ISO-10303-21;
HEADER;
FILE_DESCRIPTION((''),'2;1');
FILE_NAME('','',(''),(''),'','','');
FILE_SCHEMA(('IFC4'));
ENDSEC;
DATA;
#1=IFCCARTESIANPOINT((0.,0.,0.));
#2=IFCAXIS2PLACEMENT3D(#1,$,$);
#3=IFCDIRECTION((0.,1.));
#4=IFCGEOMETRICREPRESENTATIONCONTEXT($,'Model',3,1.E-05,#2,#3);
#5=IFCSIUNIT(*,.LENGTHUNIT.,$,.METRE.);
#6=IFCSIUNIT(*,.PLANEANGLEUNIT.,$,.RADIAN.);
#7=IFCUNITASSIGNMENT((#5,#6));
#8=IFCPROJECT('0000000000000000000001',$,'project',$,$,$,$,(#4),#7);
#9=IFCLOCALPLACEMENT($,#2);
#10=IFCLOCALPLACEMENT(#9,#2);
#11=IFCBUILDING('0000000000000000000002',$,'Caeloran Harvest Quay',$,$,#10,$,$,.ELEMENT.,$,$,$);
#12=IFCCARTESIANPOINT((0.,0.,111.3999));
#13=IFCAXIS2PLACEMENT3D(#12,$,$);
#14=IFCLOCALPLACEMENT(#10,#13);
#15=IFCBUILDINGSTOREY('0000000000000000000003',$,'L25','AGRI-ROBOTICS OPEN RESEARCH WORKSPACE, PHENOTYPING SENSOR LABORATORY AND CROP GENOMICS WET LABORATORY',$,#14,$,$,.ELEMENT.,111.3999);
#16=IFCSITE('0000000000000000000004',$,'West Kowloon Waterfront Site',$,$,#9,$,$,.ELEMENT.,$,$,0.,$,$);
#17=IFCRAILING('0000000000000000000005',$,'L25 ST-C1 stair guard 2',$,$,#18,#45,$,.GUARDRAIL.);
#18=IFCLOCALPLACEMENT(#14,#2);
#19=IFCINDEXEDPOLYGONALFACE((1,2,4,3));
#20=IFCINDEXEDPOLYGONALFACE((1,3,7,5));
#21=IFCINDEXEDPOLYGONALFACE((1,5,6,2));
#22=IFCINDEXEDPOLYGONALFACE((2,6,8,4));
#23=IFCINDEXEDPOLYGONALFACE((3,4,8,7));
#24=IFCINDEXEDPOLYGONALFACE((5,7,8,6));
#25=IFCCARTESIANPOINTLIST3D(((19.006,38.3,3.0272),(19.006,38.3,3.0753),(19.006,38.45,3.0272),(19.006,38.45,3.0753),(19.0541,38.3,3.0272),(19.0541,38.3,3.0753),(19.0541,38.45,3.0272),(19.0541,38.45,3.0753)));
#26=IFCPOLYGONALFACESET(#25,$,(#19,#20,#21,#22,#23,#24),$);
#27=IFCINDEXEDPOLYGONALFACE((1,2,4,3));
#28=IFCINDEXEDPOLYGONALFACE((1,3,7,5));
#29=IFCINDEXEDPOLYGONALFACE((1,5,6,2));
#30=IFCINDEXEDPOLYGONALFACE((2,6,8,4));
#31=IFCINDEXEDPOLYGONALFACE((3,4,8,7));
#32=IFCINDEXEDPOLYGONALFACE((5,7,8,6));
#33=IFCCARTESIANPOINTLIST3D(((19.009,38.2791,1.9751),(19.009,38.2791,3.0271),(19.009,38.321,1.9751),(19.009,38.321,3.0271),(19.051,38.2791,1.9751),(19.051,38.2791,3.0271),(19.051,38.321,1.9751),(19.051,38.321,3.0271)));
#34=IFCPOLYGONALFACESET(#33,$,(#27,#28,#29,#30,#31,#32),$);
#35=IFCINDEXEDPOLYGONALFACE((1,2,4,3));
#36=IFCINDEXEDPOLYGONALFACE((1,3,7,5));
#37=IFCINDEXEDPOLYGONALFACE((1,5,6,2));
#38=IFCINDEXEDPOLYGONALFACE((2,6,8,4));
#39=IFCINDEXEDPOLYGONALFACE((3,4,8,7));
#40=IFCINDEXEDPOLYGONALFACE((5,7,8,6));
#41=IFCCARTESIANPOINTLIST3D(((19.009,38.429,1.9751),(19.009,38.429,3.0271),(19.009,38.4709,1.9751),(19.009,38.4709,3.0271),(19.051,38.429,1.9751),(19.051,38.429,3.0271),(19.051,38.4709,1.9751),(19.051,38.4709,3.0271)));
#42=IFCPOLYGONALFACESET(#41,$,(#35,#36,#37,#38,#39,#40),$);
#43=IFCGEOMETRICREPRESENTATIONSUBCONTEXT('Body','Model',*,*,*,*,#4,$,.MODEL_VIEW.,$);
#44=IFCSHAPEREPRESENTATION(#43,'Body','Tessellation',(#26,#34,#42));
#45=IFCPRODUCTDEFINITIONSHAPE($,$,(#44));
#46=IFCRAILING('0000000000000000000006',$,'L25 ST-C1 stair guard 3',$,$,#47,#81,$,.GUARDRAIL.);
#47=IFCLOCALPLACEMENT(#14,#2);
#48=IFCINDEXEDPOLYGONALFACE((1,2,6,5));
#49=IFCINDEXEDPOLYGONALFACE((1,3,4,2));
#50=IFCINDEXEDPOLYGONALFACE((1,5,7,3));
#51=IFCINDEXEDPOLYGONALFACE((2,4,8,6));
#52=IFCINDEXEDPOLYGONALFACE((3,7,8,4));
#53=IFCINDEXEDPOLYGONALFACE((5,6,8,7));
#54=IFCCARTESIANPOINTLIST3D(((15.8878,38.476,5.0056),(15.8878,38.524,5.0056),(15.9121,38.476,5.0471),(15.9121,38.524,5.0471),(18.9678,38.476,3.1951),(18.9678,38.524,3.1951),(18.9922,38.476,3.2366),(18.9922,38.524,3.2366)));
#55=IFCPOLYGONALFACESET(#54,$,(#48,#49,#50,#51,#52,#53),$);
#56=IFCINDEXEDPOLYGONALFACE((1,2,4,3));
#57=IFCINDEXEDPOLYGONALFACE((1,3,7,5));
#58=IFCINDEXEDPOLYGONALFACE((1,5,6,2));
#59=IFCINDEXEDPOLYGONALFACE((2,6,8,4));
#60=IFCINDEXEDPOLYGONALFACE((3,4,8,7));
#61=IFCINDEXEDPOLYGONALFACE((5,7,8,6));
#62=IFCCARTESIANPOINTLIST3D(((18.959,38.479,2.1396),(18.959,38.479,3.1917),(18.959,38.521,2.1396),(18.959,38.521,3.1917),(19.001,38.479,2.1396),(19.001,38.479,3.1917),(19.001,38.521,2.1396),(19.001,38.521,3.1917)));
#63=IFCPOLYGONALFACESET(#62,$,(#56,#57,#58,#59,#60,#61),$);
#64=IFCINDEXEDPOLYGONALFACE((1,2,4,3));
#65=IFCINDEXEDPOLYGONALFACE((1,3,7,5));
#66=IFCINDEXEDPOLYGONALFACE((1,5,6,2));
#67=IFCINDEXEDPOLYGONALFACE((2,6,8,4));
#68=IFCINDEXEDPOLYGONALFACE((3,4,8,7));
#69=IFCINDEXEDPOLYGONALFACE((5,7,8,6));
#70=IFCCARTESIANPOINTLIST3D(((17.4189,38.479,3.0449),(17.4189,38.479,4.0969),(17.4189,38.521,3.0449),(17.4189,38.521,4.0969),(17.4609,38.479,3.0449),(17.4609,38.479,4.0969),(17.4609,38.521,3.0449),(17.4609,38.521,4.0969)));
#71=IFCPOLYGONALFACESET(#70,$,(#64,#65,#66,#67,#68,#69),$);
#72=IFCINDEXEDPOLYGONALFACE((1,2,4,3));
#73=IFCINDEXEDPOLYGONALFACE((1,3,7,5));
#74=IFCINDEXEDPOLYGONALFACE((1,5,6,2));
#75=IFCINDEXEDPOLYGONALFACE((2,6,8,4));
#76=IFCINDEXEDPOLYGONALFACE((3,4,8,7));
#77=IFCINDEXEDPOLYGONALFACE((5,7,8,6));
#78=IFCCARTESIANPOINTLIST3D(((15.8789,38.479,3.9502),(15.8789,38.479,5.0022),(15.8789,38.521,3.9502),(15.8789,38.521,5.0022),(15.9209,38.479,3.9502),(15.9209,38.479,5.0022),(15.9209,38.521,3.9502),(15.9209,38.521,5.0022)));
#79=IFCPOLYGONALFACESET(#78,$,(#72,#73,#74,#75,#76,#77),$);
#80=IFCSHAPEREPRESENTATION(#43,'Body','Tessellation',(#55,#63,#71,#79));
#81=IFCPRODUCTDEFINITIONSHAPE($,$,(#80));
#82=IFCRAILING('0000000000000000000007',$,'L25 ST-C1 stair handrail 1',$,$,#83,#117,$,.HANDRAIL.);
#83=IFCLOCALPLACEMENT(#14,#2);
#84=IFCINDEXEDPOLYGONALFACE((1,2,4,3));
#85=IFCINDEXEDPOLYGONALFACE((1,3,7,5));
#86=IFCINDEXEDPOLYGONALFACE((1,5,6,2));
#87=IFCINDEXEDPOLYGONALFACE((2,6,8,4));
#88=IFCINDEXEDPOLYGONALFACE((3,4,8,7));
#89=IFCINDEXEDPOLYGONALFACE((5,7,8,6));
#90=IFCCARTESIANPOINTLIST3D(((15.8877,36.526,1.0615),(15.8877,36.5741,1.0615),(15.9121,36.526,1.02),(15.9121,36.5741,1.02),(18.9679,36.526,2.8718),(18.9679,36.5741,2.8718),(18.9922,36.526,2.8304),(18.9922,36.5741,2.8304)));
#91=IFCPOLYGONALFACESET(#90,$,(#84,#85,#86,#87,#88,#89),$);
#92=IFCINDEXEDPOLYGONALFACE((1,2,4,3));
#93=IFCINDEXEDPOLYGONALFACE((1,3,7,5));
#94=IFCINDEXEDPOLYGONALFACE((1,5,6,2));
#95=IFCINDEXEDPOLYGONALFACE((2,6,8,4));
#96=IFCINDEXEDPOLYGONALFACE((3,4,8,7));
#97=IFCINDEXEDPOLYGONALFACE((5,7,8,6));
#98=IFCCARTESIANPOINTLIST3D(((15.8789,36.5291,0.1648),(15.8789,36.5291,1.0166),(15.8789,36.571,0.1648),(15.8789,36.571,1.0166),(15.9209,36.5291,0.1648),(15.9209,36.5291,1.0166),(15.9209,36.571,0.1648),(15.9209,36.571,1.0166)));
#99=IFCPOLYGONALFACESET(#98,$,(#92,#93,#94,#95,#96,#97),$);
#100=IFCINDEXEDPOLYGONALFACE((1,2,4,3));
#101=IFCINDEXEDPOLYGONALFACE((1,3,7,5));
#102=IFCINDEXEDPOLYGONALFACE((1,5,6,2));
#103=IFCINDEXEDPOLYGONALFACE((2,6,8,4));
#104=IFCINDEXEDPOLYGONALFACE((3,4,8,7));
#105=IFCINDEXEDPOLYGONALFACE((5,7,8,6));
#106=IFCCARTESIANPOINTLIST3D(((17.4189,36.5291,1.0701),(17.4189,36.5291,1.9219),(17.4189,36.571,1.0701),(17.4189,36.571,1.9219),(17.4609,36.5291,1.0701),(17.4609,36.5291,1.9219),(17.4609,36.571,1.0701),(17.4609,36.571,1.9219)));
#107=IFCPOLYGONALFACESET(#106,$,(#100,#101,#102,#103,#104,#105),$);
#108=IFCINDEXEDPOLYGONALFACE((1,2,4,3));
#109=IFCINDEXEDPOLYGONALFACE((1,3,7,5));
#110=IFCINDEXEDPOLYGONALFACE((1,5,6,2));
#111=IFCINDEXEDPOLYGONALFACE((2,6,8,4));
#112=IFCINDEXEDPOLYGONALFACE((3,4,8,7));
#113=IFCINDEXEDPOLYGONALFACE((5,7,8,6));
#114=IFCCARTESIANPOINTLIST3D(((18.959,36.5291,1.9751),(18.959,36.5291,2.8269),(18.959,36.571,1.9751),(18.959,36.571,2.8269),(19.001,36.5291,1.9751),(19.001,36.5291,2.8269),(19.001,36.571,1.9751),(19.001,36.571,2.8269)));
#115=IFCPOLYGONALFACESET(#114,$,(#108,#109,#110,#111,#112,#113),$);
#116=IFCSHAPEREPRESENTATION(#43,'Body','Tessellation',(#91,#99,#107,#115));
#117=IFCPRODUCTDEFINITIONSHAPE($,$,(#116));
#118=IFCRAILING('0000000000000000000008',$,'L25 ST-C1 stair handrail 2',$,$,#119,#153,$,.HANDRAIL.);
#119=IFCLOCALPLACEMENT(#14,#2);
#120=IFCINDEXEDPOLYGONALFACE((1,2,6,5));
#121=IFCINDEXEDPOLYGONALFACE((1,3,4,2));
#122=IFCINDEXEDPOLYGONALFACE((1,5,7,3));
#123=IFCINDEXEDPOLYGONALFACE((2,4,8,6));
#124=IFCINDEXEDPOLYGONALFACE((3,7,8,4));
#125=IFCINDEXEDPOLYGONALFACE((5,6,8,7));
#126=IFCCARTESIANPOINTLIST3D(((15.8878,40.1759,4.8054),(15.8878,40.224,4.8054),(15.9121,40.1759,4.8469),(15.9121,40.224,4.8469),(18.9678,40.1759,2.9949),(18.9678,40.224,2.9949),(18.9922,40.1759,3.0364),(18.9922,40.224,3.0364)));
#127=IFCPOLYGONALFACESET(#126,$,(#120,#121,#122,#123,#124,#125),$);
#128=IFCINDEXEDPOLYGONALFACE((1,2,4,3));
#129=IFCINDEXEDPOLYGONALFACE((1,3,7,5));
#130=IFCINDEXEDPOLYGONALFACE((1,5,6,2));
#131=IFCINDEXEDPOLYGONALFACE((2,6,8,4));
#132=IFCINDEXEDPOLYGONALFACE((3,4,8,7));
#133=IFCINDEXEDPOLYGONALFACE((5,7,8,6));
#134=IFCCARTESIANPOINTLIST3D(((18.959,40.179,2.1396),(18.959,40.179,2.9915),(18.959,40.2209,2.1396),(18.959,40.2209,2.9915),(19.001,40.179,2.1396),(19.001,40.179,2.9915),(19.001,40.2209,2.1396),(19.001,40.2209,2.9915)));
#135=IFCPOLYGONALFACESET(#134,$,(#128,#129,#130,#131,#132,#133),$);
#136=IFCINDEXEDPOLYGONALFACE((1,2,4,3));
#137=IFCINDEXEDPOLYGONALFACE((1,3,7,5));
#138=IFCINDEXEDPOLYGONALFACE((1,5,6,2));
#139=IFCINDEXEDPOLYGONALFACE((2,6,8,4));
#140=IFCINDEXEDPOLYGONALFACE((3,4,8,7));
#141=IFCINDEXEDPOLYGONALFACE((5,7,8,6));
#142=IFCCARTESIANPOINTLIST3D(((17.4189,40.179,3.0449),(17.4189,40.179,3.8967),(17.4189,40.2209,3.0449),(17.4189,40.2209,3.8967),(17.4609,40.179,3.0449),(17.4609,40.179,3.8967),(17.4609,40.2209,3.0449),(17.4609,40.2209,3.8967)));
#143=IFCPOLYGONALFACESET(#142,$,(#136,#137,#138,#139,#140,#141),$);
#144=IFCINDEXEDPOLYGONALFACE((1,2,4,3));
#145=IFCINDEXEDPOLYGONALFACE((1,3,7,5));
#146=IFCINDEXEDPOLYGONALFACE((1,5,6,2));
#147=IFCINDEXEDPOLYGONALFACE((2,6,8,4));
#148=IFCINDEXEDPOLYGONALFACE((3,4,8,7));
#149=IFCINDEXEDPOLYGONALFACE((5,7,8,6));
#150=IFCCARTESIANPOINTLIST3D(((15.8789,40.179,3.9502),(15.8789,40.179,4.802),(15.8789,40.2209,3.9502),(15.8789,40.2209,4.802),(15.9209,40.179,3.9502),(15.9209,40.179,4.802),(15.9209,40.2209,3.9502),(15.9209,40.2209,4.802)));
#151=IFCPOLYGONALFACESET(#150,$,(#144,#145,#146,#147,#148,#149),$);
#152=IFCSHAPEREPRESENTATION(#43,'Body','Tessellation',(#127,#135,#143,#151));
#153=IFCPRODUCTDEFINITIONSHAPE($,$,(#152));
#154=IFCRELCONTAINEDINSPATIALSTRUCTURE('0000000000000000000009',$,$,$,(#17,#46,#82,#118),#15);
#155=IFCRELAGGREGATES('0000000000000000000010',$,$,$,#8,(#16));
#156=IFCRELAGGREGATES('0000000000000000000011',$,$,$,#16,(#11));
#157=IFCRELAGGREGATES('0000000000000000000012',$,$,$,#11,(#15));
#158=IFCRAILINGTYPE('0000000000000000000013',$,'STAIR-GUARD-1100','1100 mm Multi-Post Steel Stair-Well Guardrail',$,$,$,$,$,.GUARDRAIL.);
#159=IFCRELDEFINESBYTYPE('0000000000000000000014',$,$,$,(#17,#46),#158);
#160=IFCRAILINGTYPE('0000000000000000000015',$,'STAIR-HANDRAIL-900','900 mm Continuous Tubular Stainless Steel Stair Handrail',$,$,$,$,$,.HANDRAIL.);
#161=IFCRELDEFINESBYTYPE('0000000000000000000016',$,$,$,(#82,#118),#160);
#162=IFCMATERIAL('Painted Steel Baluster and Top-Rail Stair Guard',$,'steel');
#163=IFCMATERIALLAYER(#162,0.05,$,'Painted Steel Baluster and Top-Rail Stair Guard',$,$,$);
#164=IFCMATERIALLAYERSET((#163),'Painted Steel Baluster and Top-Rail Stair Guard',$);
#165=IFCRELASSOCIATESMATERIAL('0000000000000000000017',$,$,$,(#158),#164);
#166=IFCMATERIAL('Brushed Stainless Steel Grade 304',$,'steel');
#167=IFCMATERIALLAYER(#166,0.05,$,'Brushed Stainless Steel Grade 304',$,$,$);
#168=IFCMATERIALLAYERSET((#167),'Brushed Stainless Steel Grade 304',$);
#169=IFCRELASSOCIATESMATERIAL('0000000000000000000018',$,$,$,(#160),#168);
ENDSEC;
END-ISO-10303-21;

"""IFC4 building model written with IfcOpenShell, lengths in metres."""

from ifc_helpers import new_model, si_unit, direction, frame, origin, origin_2d, place, context, subcontext, project, spatial, rectangle, extrude, material, layer, layer_set, type_object, element, save


model = new_model("IFC4")

# Units and contexts
model_context = context("Model", 3, precision=1e-05, world=origin(), true_north=direction((0.0, 1.0)))
body_context = subcontext(model_context, "Body", "Model", "MODEL_VIEW")
ifc_project = project(units=[si_unit("LENGTHUNIT", "METRE"), si_unit("PLANEANGLEUNIT", "RADIAN")], contexts=[model_context])

# Site, building, storey
site_placement = place(None, origin())
site = spatial("IfcSite", under=ifc_project, at=site_placement, Name="West Kowloon Waterfront Site", CompositionType="ELEMENT", RefElevation=0.0)
building_placement = place(site_placement, origin())
building = spatial("IfcBuilding", under=site, at=building_placement, Name="Caeloran Harvest Quay", CompositionType="ELEMENT")
storey_placement = place(building_placement, frame((0.0, 0.0, 111.3999)))
storey = spatial("IfcBuildingStorey", under=building, at=storey_placement, Name="L25", Description="AGRI-ROBOTICS OPEN RESEARCH WORKSPACE, PHENOTYPING SENSOR LABORATORY AND CROP GENOMICS WET LABORATORY", CompositionType="ELEMENT", Elevation=111.3999)

# Railings
ifc_material_1 = material(Name="Painted Steel Baluster and Top-Rail Stair Guard", Category="steel")
ifc_layer_1 = layer(ifc_material_1, 0.05, Name="Painted Steel Baluster and Top-Rail Stair Guard")
ifc_layer_set_1 = layer_set([ifc_layer_1], Name="Painted Steel Baluster and Top-Rail Stair Guard")
railing_type_1 = type_object("IfcRailingType", Name="STAIR-GUARD-1100", Description="1100 mm Multi-Post Steel Stair-Well Guardrail", PredefinedType="GUARDRAIL", material=ifc_layer_set_1)
railing_1_placement = place(storey_placement, frame((19.03, 38.3, 1.9751)))
element("IfcRailing", 1, at=railing_1_placement, inside=storey, type_object=railing_type_1, Name="L25 ST-C1 stair guard 2", PredefinedType="GUARDRAIL", context=body_context, shape_type="SweptSolid", body=[
    extrude(rectangle(XDim=0.0481, YDim=0.0481, at=origin_2d()), frame((0.0, 0.0, 1.0762), z_axis=(0.0, 1.0, 0.0), x_axis=(-1.0, 0.0, 0.0)), (0.0, 0.0, 1.0), 0.1499),
    extrude(rectangle(XDim=0.042, YDim=0.042, at=origin_2d()), origin(), (0.0, 0.0, 1.0), 1.052),
    extrude(rectangle(XDim=0.042, YDim=0.042, at=origin_2d()), frame((0.0, 0.1499, 0.0)), (0.0, 0.0, 1.0), 1.052),
])
railing_2_placement = place(storey_placement, frame((18.98, 38.5, 2.1396)))
element("IfcRailing", 2, at=railing_2_placement, inside=storey, type_object=railing_type_1, Name="L25 ST-C1 stair guard 3", PredefinedType="GUARDRAIL", context=body_context, shape_type="SweptSolid", body=[
    extrude(rectangle(XDim=0.0481, YDim=0.0481, at=origin_2d()), frame((0.0, 0.0, 1.0762), z_axis=(-0.862089, 0.0, 0.506757), x_axis=(0.0, -1.0, 0.0)), (0.0, 0.0, 1.0), 3.5728),
    extrude(rectangle(XDim=0.042, YDim=0.042, at=origin_2d()), origin(), (0.0, 0.0, 1.0), 1.052),
    extrude(rectangle(XDim=0.042, YDim=0.042, at=origin_2d()), frame((-1.54, 0.0, 0.9053)), (0.0, 0.0, 1.0), 1.052),
    extrude(rectangle(XDim=0.042, YDim=0.042, at=origin_2d()), frame((-3.0801, 0.0, 1.8105)), (0.0, 0.0, 1.0), 1.052),
])
ifc_material_2 = material(Name="Brushed Stainless Steel Grade 304", Category="steel")
ifc_layer_2 = layer(ifc_material_2, 0.05, Name="Brushed Stainless Steel Grade 304")
ifc_layer_set_2 = layer_set([ifc_layer_2], Name="Brushed Stainless Steel Grade 304")
railing_type_2 = type_object("IfcRailingType", Name="STAIR-HANDRAIL-900", Description="900 mm Continuous Tubular Stainless Steel Stair Handrail", PredefinedType="HANDRAIL", material=ifc_layer_set_2)
railing_3_placement = place(storey_placement, frame((15.8999, 36.55, 0.1648)))
element("IfcRailing", 3, at=railing_3_placement, inside=storey, type_object=railing_type_2, Name="L25 ST-C1 stair handrail 1", PredefinedType="HANDRAIL", context=body_context, shape_type="SweptSolid", body=[
    extrude(rectangle(XDim=0.0481, YDim=0.0481, at=origin_2d()), frame((0.0, 0.0, 0.876), z_axis=(0.862119, 0.0, 0.506707), x_axis=(0.0, 1.0, 0.0)), (0.0, 0.0, 1.0), 3.5728),
    extrude(rectangle(XDim=0.042, YDim=0.042, at=origin_2d()), origin(), (0.0, 0.0, 1.0), 0.8518),
    extrude(rectangle(XDim=0.042, YDim=0.042, at=origin_2d()), frame((1.54, 0.0, 0.9053)), (0.0, 0.0, 1.0), 0.8518),
    extrude(rectangle(XDim=0.042, YDim=0.042, at=origin_2d()), frame((3.0801, 0.0, 1.8103)), (0.0, 0.0, 1.0), 0.8518),
])
railing_4_placement = place(storey_placement, frame((18.98, 40.2, 2.1396)))
element("IfcRailing", 4, at=railing_4_placement, inside=storey, type_object=railing_type_2, Name="L25 ST-C1 stair handrail 2", PredefinedType="HANDRAIL", context=body_context, shape_type="SweptSolid", body=[
    extrude(rectangle(XDim=0.0481, YDim=0.0481, at=origin_2d()), frame((0.0, 0.0, 0.876), z_axis=(-0.862089, 0.0, 0.506757), x_axis=(0.0, -1.0, 0.0)), (0.0, 0.0, 1.0), 3.5728),
    extrude(rectangle(XDim=0.042, YDim=0.042, at=origin_2d()), origin(), (0.0, 0.0, 1.0), 0.8518),
    extrude(rectangle(XDim=0.042, YDim=0.042, at=origin_2d()), frame((-1.54, 0.0, 0.9053)), (0.0, 0.0, 1.0), 0.8518),
    extrude(rectangle(XDim=0.042, YDim=0.042, at=origin_2d()), frame((-3.0801, 0.0, 1.8105)), (0.0, 0.0, 1.0), 0.8518),
])

save(model, "model.ifc")
